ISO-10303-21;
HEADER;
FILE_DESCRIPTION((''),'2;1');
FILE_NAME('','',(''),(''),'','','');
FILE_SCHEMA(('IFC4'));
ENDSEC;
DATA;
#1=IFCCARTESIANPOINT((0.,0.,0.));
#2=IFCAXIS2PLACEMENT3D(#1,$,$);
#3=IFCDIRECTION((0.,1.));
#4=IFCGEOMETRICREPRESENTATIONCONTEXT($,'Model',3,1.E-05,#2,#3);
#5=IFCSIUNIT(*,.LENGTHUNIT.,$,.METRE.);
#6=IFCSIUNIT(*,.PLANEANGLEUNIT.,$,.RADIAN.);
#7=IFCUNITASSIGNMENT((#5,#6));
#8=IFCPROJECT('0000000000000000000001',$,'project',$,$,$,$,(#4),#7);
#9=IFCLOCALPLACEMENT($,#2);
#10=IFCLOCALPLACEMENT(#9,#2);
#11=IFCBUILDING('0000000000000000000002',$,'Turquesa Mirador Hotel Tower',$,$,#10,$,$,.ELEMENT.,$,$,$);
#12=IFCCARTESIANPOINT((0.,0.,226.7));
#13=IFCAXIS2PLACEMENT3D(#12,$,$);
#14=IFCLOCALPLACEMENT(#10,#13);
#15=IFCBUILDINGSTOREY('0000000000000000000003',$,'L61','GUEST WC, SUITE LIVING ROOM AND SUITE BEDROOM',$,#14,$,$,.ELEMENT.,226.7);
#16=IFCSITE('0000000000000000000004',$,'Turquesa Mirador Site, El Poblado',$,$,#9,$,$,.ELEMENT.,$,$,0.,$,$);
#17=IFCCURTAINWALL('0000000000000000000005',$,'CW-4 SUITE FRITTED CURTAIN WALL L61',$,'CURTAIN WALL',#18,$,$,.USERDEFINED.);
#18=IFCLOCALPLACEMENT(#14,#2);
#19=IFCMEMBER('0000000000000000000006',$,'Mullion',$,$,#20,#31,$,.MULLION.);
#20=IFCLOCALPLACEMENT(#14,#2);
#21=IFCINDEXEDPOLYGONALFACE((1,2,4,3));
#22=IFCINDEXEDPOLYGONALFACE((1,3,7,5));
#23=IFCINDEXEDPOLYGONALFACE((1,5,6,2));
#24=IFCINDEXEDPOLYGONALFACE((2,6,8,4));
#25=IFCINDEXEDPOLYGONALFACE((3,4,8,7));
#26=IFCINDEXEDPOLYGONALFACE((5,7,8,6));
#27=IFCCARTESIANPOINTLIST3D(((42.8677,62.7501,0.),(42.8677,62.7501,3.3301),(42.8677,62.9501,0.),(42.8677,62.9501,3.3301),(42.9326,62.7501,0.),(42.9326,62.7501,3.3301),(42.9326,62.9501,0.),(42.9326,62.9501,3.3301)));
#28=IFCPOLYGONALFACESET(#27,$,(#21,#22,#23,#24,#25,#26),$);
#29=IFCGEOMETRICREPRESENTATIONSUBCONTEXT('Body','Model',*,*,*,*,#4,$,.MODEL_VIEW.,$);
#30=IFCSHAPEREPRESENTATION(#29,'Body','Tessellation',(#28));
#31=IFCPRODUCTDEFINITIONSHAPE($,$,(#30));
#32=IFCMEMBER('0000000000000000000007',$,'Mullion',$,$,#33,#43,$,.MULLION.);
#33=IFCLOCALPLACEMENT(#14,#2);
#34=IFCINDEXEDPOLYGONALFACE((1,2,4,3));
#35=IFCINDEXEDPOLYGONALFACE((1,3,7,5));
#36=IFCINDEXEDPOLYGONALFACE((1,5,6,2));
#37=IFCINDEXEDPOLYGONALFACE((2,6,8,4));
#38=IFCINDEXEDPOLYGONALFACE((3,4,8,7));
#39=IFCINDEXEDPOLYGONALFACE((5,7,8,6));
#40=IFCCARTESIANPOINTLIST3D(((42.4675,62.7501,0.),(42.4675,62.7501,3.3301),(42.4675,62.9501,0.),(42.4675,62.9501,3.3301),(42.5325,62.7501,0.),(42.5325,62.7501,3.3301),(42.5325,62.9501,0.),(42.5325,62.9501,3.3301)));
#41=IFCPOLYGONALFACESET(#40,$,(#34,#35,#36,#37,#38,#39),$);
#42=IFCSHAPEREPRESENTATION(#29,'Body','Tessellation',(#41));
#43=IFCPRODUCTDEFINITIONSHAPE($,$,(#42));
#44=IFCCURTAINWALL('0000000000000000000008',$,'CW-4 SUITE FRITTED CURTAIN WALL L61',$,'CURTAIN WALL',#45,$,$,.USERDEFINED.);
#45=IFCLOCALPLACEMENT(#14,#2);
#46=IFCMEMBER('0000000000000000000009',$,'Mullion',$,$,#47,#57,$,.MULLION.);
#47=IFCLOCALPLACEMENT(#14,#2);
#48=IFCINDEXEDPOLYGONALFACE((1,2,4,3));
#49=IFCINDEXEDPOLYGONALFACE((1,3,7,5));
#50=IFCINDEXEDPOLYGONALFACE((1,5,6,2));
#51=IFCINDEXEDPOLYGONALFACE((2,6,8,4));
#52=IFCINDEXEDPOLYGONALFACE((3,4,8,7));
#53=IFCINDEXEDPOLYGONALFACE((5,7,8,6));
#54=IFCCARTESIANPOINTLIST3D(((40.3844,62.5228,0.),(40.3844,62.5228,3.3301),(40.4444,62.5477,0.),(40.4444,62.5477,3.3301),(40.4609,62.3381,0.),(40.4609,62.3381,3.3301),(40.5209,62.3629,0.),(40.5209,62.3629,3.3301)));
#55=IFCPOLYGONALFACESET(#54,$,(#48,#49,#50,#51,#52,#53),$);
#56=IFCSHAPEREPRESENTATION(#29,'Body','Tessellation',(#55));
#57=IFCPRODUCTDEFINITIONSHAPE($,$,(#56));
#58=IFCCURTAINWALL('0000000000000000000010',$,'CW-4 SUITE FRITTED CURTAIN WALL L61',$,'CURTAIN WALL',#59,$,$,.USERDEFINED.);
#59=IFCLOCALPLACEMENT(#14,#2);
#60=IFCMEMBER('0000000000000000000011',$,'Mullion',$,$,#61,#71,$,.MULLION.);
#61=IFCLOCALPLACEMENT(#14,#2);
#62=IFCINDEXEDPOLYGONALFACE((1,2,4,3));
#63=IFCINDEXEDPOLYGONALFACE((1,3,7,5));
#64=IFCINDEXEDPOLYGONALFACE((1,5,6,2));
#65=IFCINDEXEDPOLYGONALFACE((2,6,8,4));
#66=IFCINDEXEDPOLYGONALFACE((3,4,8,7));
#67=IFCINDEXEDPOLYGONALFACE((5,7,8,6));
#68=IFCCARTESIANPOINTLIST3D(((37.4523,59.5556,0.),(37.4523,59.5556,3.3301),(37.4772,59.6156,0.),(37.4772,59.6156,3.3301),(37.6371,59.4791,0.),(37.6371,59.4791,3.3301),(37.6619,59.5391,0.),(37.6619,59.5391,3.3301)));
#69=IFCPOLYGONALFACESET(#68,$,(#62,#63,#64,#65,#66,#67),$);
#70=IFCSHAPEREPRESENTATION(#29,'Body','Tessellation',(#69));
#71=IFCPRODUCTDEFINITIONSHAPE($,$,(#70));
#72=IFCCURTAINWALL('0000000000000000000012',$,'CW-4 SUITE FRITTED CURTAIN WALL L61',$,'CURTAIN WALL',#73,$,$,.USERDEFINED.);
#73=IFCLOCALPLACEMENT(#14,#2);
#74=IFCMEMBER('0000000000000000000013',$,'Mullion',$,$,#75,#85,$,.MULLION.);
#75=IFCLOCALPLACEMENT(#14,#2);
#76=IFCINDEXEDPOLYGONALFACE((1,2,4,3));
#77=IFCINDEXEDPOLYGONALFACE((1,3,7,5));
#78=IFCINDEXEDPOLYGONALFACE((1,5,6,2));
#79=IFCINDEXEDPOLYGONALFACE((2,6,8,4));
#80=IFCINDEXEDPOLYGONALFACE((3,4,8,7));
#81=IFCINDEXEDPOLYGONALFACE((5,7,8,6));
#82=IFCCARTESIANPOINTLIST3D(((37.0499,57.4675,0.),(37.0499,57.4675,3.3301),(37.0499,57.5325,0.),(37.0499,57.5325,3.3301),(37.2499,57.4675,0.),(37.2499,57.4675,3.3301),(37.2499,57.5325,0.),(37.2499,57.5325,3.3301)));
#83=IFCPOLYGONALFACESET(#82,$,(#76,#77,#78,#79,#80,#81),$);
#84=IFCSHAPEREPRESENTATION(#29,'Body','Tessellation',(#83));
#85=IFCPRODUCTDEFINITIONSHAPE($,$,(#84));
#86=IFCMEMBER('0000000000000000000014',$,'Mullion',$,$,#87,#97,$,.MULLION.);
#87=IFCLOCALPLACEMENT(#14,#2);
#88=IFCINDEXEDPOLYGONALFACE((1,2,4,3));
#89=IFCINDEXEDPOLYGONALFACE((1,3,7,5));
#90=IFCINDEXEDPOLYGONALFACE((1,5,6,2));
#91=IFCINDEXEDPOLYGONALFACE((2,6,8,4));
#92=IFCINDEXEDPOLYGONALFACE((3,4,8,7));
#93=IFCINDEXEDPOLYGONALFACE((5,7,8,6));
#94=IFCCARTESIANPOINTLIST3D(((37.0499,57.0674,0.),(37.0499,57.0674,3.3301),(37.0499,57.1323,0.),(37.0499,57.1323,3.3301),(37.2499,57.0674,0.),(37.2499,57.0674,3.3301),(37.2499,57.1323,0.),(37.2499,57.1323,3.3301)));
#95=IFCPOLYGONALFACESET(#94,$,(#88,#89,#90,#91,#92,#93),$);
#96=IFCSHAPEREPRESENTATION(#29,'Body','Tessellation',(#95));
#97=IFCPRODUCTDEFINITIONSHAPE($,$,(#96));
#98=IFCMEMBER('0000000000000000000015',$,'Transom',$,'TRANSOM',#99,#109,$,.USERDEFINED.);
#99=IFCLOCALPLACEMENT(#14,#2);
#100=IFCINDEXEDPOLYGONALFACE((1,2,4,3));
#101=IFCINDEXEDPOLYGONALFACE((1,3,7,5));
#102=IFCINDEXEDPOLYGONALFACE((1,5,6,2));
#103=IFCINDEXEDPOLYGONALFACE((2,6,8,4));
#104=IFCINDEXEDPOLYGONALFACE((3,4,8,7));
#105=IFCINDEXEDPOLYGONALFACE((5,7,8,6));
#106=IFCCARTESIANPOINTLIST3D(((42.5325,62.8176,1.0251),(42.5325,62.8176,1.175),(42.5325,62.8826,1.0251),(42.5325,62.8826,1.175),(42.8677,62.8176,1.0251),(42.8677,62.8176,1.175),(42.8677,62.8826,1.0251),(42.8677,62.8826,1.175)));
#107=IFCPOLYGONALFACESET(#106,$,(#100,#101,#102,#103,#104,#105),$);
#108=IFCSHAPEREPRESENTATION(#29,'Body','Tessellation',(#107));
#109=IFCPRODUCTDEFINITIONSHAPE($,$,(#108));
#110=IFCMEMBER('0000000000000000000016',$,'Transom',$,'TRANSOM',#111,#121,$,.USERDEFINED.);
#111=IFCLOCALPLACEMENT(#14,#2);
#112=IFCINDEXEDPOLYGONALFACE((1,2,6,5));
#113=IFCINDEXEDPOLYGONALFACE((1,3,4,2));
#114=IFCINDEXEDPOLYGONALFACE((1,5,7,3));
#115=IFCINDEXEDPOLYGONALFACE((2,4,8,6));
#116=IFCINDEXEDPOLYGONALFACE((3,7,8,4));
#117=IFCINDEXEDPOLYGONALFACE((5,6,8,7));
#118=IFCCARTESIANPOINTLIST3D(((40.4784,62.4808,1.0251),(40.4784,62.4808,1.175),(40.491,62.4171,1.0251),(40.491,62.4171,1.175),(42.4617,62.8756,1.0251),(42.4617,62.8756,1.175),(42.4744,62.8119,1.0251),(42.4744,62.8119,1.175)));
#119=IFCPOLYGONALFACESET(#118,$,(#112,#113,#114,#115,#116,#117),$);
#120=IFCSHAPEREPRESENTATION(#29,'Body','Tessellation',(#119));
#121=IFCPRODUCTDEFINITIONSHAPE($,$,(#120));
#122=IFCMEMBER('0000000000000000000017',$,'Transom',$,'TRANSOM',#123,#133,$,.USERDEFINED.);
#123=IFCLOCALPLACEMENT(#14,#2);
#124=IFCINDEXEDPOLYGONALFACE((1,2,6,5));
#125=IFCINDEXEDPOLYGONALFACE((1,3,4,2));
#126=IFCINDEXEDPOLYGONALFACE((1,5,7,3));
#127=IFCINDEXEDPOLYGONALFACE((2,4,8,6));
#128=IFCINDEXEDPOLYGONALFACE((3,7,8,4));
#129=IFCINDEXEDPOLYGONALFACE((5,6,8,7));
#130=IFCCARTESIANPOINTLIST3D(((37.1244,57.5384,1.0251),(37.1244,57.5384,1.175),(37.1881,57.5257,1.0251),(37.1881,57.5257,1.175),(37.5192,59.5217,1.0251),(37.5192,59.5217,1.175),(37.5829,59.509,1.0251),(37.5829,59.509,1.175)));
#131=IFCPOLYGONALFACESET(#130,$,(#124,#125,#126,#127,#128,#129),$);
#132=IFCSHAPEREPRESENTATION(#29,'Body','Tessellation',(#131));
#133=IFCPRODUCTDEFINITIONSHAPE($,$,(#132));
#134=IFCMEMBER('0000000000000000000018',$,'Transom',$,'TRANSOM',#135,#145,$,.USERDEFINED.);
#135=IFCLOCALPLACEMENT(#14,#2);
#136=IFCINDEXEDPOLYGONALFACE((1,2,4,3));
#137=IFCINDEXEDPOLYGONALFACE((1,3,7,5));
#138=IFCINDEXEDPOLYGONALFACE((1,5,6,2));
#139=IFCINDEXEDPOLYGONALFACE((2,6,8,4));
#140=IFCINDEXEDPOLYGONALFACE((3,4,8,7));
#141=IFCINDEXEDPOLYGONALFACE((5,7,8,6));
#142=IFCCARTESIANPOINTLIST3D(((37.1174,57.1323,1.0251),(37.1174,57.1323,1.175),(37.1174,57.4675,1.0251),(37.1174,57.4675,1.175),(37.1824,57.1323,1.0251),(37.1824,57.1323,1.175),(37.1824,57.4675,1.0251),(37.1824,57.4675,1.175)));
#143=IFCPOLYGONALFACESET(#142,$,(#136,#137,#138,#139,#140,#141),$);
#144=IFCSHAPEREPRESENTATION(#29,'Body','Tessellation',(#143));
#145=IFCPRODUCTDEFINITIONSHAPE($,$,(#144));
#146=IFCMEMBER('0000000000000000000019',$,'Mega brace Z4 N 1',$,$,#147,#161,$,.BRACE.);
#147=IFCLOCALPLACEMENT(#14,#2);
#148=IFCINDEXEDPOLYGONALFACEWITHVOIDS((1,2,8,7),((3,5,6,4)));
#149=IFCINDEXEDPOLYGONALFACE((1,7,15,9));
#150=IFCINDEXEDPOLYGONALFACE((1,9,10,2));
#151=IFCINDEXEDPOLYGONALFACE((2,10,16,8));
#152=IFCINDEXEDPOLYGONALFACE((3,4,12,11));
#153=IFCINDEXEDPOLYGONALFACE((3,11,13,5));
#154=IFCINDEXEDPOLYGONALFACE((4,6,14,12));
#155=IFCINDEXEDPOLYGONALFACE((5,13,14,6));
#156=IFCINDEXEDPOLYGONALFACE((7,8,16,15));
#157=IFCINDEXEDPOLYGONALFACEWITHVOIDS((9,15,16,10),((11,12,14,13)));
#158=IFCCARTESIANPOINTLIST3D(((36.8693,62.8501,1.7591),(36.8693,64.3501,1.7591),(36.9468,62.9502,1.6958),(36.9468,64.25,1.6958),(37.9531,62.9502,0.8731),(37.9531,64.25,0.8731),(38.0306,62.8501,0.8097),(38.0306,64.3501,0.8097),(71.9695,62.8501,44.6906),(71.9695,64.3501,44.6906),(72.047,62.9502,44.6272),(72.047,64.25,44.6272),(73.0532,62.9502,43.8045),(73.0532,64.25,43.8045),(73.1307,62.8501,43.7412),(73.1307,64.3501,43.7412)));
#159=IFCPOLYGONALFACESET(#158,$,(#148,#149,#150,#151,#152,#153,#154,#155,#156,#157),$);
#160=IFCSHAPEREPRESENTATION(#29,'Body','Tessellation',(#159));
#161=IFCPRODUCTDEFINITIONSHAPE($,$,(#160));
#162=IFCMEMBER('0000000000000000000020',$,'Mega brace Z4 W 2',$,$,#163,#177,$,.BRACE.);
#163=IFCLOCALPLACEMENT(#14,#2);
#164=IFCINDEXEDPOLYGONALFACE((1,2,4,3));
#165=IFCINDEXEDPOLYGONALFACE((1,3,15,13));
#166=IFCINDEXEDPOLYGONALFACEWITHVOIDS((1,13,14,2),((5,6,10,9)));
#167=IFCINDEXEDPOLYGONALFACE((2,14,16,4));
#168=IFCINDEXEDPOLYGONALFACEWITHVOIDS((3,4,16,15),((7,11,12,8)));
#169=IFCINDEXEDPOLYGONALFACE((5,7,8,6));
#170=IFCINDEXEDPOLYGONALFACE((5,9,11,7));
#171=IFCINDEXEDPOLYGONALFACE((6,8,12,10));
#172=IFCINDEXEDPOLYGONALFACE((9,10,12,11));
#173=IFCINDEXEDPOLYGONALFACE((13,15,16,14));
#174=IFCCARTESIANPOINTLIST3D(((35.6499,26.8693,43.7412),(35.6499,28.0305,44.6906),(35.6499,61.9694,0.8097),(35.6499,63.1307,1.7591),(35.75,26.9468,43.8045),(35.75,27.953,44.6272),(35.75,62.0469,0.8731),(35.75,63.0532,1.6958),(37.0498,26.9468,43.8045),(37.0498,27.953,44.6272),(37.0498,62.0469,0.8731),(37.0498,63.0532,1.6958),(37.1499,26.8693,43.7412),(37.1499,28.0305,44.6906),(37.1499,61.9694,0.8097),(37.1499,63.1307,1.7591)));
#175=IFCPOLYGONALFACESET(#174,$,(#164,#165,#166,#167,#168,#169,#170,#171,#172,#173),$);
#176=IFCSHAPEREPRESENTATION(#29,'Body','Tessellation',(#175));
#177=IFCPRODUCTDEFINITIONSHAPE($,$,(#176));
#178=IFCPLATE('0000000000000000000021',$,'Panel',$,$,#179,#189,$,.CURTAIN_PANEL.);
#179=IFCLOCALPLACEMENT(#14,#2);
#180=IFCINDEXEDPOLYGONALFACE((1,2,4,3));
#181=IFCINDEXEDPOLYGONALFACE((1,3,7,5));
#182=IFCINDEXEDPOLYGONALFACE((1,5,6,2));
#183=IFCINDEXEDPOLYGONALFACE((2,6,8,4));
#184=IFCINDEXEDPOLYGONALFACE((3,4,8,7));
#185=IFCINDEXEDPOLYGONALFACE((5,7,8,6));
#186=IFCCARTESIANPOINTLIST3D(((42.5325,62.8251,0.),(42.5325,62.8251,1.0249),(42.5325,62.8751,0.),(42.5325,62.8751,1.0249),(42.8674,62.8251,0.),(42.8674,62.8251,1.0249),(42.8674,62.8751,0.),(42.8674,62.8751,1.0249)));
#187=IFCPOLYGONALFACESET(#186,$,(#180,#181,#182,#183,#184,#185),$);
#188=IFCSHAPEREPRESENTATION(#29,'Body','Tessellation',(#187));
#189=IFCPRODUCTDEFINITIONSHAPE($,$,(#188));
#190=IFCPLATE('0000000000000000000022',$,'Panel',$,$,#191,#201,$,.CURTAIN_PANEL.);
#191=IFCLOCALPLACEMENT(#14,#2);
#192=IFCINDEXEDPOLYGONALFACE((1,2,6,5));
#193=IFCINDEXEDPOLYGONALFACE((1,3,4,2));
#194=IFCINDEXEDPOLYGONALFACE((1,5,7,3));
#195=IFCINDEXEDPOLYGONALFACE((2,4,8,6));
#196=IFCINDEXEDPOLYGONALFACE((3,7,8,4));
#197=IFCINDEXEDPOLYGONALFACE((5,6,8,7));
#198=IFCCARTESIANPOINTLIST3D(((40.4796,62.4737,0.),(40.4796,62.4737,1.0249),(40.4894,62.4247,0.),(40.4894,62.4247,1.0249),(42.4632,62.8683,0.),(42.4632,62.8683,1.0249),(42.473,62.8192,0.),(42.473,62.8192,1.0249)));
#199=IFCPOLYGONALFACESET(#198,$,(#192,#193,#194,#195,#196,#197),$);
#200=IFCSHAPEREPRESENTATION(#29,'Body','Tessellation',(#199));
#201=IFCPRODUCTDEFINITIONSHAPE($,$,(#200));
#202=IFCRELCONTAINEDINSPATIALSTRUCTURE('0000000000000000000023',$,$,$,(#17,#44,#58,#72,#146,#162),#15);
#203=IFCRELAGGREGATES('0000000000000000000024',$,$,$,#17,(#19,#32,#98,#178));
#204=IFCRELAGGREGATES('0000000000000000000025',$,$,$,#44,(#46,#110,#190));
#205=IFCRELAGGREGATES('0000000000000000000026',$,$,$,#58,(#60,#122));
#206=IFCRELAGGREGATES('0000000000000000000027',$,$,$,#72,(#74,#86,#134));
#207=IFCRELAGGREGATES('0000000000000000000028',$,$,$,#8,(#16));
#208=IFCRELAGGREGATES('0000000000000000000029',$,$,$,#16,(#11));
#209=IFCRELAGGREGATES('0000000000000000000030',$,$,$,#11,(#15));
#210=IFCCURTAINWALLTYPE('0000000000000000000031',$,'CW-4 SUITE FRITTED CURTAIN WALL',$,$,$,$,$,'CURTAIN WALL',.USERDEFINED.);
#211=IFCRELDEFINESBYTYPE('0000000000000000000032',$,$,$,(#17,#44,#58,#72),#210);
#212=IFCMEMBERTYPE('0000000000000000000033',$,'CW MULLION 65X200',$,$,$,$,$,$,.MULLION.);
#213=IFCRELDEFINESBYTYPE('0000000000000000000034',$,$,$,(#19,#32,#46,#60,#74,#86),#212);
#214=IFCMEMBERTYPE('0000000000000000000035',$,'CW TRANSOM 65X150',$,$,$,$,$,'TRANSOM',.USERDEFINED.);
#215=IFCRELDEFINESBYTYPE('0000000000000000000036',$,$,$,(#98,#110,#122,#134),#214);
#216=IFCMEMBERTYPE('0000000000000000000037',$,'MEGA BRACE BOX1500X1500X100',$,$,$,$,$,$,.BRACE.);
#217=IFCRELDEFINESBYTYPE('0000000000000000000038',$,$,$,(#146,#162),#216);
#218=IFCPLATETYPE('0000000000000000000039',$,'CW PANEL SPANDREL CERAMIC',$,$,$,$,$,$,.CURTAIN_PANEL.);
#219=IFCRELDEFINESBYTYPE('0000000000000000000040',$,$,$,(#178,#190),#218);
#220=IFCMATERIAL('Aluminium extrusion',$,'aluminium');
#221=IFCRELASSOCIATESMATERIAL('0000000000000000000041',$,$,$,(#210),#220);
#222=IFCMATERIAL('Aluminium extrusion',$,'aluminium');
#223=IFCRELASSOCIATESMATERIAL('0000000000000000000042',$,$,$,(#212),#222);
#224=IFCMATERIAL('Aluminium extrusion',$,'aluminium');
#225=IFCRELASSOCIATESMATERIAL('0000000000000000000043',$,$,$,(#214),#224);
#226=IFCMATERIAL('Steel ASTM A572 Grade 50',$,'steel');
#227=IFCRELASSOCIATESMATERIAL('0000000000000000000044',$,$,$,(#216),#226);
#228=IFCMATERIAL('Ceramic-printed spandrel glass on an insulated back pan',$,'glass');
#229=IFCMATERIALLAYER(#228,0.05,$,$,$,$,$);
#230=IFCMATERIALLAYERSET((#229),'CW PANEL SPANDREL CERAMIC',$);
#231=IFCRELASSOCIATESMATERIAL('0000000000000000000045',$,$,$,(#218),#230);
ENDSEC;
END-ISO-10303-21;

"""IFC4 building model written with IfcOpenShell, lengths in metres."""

from ifc_helpers import new_model, si_unit, direction, frame, origin, origin_2d, place, context, subcontext, project, spatial, rectangle, hollow_rectangle, extrude, material, layer, layer_set, material_profile, profile_set, type_object, element, aggregate, save


model = new_model("IFC4")

# Units and contexts
model_context = context("Model", 3, precision=1e-05, world=origin(), true_north=direction((0.0, 1.0)))
body_context = subcontext(model_context, "Body", "Model", "MODEL_VIEW")
ifc_project = project(units=[si_unit("LENGTHUNIT", "METRE"), si_unit("PLANEANGLEUNIT", "RADIAN")], contexts=[model_context])

# Site, building, storey
site_placement = place(None, origin())
site = spatial("IfcSite", under=ifc_project, at=site_placement, Name="Turquesa Mirador Site, El Poblado", CompositionType="ELEMENT", RefElevation=0.0)
building_placement = place(site_placement, origin())
building = spatial("IfcBuilding", under=site, at=building_placement, Name="Turquesa Mirador Hotel Tower", CompositionType="ELEMENT")
storey_placement = place(building_placement, frame((0.0, 0.0, 226.7)))
storey = spatial("IfcBuildingStorey", under=building, at=storey_placement, Name="L61", Description="GUEST WC, SUITE LIVING ROOM AND SUITE BEDROOM", CompositionType="ELEMENT", Elevation=226.7)

# Curtain wall, members
ifc_material_1 = material(Name="Aluminium extrusion", Category="aluminium")
curtain_wall_type = type_object("IfcCurtainWallType", Name="CW-4 SUITE FRITTED CURTAIN WALL", ElementType="CURTAIN WALL", PredefinedType="USERDEFINED", material=ifc_material_1)
curtain_wall_1_placement = place(storey_placement, origin())
curtain_wall_1 = element("IfcCurtainWall", 1, at=curtain_wall_1_placement, inside=storey, type_object=curtain_wall_type, Name="CW-4 SUITE FRITTED CURTAIN WALL L61", ObjectType="CURTAIN WALL", PredefinedType="USERDEFINED")
ifc_material_2 = material(Name="Aluminium extrusion", Category="aluminium")
ifc_material_profile_1 = material_profile(ifc_material_2, rectangle(XDim=0.0649, YDim=0.2, at=origin_2d()), Name="MULLION 65X200")
ifc_profile_set_1 = profile_set([ifc_material_profile_1], Name="Aluminium extrusion")
member_type_1 = type_object("IfcMemberType", Name="CW MULLION 65X200", PredefinedType="MULLION", material=ifc_profile_set_1)
member_1_placement = place(storey_placement, frame((42.9001, 62.8501, 0.0), z_axis=(0.0, 0.0, 1.0), x_axis=(-1.0, 0.0, 0.0)))
member_1 = element("IfcMember", 2, at=member_1_placement, type_object=member_type_1, Name="Mullion", PredefinedType="MULLION", context=body_context, shape_type="SweptSolid", body=[
    extrude(rectangle(XDim=0.0649, YDim=0.2, at=origin_2d()), origin(), (0.0, 0.0, 1.0), 3.3301),
])
member_2_placement = place(storey_placement, frame((42.5, 62.8501, 0.0), z_axis=(0.0, 0.0, 1.0), x_axis=(-1.0, 0.0, 0.0)))
member_2 = element("IfcMember", 3, at=member_2_placement, type_object=member_type_1, Name="Mullion", PredefinedType="MULLION", context=body_context, shape_type="SweptSolid", body=[
    extrude(rectangle(XDim=0.0649, YDim=0.2, at=origin_2d()), origin(), (0.0, 0.0, 1.0), 3.3301),
])

# Curtain walls, members
curtain_wall_2_placement = place(storey_placement, origin())
curtain_wall_2 = element("IfcCurtainWall", 4, at=curtain_wall_2_placement, inside=storey, type_object=curtain_wall_type, Name="CW-4 SUITE FRITTED CURTAIN WALL L61", ObjectType="CURTAIN WALL", PredefinedType="USERDEFINED")
member_3_placement = place(storey_placement, frame((40.4526, 62.4429, 0.0), z_axis=(0.0, 0.0, 1.0), x_axis=(-0.92388, -0.382683, 0.0)))
member_3 = element("IfcMember", 5, at=member_3_placement, type_object=member_type_1, Name="Mullion", PredefinedType="MULLION", context=body_context, shape_type="SweptSolid", body=[
    extrude(rectangle(XDim=0.0649, YDim=0.2, at=origin_2d()), origin(), (0.0, 0.0, 1.0), 3.3301),
])
curtain_wall_3_placement = place(storey_placement, origin())
curtain_wall_3 = element("IfcCurtainWall", 6, at=curtain_wall_3_placement, inside=storey, type_object=curtain_wall_type, Name="CW-4 SUITE FRITTED CURTAIN WALL L61", ObjectType="CURTAIN WALL", PredefinedType="USERDEFINED")
member_4_placement = place(storey_placement, frame((37.5571, 59.5474, 0.0), z_axis=(0.0, 0.0, 1.0), x_axis=(-0.382683, -0.92388, 0.0)))
member_4 = element("IfcMember", 7, at=member_4_placement, type_object=member_type_1, Name="Mullion", PredefinedType="MULLION", context=body_context, shape_type="SweptSolid", body=[
    extrude(rectangle(XDim=0.0649, YDim=0.2, at=origin_2d()), origin(), (0.0, 0.0, 1.0), 3.3301),
])

# Curtain wall, members
curtain_wall_4_placement = place(storey_placement, origin())
curtain_wall_4 = element("IfcCurtainWall", 8, at=curtain_wall_4_placement, inside=storey, type_object=curtain_wall_type, Name="CW-4 SUITE FRITTED CURTAIN WALL L61", ObjectType="CURTAIN WALL", PredefinedType="USERDEFINED")
member_5_placement = place(storey_placement, frame((37.1499, 57.5, 0.0), z_axis=(0.0, 0.0, 1.0), x_axis=(0.0, -1.0, 0.0)))
member_5 = element("IfcMember", 9, at=member_5_placement, type_object=member_type_1, Name="Mullion", PredefinedType="MULLION", context=body_context, shape_type="SweptSolid", body=[
    extrude(rectangle(XDim=0.0649, YDim=0.2, at=origin_2d()), origin(), (0.0, 0.0, 1.0), 3.3301),
])
member_6_placement = place(storey_placement, frame((37.1499, 57.0999, 0.0), z_axis=(0.0, 0.0, 1.0), x_axis=(0.0, -1.0, 0.0)))
member_6 = element("IfcMember", 10, at=member_6_placement, type_object=member_type_1, Name="Mullion", PredefinedType="MULLION", context=body_context, shape_type="SweptSolid", body=[
    extrude(rectangle(XDim=0.0649, YDim=0.2, at=origin_2d()), origin(), (0.0, 0.0, 1.0), 3.3301),
])

# Members
ifc_material_3 = material(Name="Aluminium extrusion", Category="aluminium")
ifc_material_profile_2 = material_profile(ifc_material_3, rectangle(XDim=0.0649, YDim=0.1499, at=origin_2d()), Name="TRANSOM 65X150")
ifc_profile_set_2 = profile_set([ifc_material_profile_2], Name="Aluminium extrusion")
member_type_2 = type_object("IfcMemberType", Name="CW TRANSOM 65X150", ElementType="TRANSOM", PredefinedType="USERDEFINED", material=ifc_profile_set_2)
member_7_placement = place(storey_placement, frame((42.8677, 62.8501, 1.1001), z_axis=(-1.0, 0.0, 0.0), x_axis=(0.0, -1.0, 0.0)))
member_7 = element("IfcMember", 11, at=member_7_placement, type_object=member_type_2, Name="Transom", ObjectType="TRANSOM", PredefinedType="USERDEFINED", context=body_context, shape_type="SweptSolid", body=[
    extrude(rectangle(XDim=0.0649, YDim=0.1499, at=origin_2d()), origin(), (0.0, 0.0, 1.0), 0.3352),
])
member_8_placement = place(storey_placement, frame((42.468, 62.8438, 1.1001), z_axis=(-0.980761, -0.195211, 0.0), x_axis=(0.195211, -0.980761, 0.0)))
member_8 = element("IfcMember", 12, at=member_8_placement, type_object=member_type_2, Name="Transom", ObjectType="TRANSOM", PredefinedType="USERDEFINED", context=body_context, shape_type="SweptSolid", body=[
    extrude(rectangle(XDim=0.0649, YDim=0.1499, at=origin_2d()), origin(), (0.0, 0.0, 1.0), 2.0222),
])
member_9_placement = place(storey_placement, frame((37.551, 59.5154, 1.1001), z_axis=(-0.195211, -0.980761, 0.0), x_axis=(0.980761, -0.195211, 0.0)))
member_9 = element("IfcMember", 13, at=member_9_placement, type_object=member_type_2, Name="Transom", ObjectType="TRANSOM", PredefinedType="USERDEFINED", context=body_context, shape_type="SweptSolid", body=[
    extrude(rectangle(XDim=0.0649, YDim=0.1499, at=origin_2d()), origin(), (0.0, 0.0, 1.0), 2.0222),
])
member_10_placement = place(storey_placement, frame((37.1499, 57.4675, 1.1001), z_axis=(0.0, -1.0, 0.0), x_axis=(1.0, 0.0, 0.0)))
member_10 = element("IfcMember", 14, at=member_10_placement, type_object=member_type_2, Name="Transom", ObjectType="TRANSOM", PredefinedType="USERDEFINED", context=body_context, shape_type="SweptSolid", body=[
    extrude(rectangle(XDim=0.0649, YDim=0.1499, at=origin_2d()), origin(), (0.0, 0.0, 1.0), 0.3352),
])

# Members
ifc_material_4 = material(Name="Steel ASTM A572 Grade 50", Category="steel")
ifc_material_profile_3 = material_profile(ifc_material_4, hollow_rectangle(XDim=1.5, YDim=1.5, WallThickness=0.1001, at=origin_2d()), Name="BOX1500X1500X100")
ifc_profile_set_3 = profile_set([ifc_material_profile_3], Name="Steel ASTM A572 Grade 50")
member_type_3 = type_object("IfcMemberType", Name="MEGA BRACE BOX1500X1500X100", PredefinedType="BRACE", material=ifc_profile_set_3)
for number, where, z_axis, x_axis, name in (
    (15, (37.45, 63.6001, 1.2844), (0.632961, 0.0, 0.774183), (0.0, 1.0, 0.0), "Mega brace Z4 N 1"),
    (16, (36.3999, 62.55, 1.2844), (0.0, -0.632961, 0.774183), (1.0, 0.0, 0.0), "Mega brace Z4 W 2"),
):
    element("IfcMember", number, at=place(storey_placement, frame(where, z_axis=z_axis, x_axis=x_axis)), inside=storey, type_object=member_type_3, Name=name, PredefinedType="BRACE", context=body_context, shape_type="SweptSolid", body=[
        extrude(hollow_rectangle(XDim=1.5, YDim=1.5, WallThickness=0.1001, at=origin_2d()), origin(), (0.0, 0.0, 1.0), 55.4539),
    ])

# Plates
ifc_material_5 = material(Name="Ceramic-printed spandrel glass on an insulated back pan", Category="glass")
ifc_layer_1 = layer(ifc_material_5, 0.05)
ifc_layer_set_1 = layer_set([ifc_layer_1], Name="CW PANEL SPANDREL CERAMIC")
plate_type_1 = type_object("IfcPlateType", Name="CW PANEL SPANDREL CERAMIC", PredefinedType="CURTAIN_PANEL", material=ifc_layer_set_1)
plate_1_placement = place(storey_placement, frame((42.7, 62.8501, 0.0), z_axis=(0.0, 0.0, 1.0), x_axis=(-1.0, 0.0, 0.0)))
plate_1 = element("IfcPlate", 17, at=plate_1_placement, type_object=plate_type_1, Name="Panel", PredefinedType="CURTAIN_PANEL", context=body_context, shape_type="SweptSolid", body=[
    extrude(rectangle(XDim=0.335, YDim=0.05, at=origin_2d()), origin(), (0.0, 0.0, 1.0), 1.0249),
])
plate_2_placement = place(storey_placement, frame((41.4763, 62.6465, 0.0), z_axis=(0.0, 0.0, 1.0), x_axis=(-0.980785, -0.195091, 0.0)))
plate_2 = element("IfcPlate", 18, at=plate_2_placement, type_object=plate_type_1, Name="Panel", PredefinedType="CURTAIN_PANEL", context=body_context, shape_type="SweptSolid", body=[
    extrude(rectangle(XDim=2.0225, YDim=0.05, at=origin_2d()), origin(), (0.0, 0.0, 1.0), 1.0249),
])
aggregate(curtain_wall_1, [member_1, member_2, member_7, plate_1])
aggregate(curtain_wall_2, [member_3, member_8, plate_2])
aggregate(curtain_wall_3, [member_4, member_9])
aggregate(curtain_wall_4, [member_5, member_6, member_10])

save(model, "model.ifc")
